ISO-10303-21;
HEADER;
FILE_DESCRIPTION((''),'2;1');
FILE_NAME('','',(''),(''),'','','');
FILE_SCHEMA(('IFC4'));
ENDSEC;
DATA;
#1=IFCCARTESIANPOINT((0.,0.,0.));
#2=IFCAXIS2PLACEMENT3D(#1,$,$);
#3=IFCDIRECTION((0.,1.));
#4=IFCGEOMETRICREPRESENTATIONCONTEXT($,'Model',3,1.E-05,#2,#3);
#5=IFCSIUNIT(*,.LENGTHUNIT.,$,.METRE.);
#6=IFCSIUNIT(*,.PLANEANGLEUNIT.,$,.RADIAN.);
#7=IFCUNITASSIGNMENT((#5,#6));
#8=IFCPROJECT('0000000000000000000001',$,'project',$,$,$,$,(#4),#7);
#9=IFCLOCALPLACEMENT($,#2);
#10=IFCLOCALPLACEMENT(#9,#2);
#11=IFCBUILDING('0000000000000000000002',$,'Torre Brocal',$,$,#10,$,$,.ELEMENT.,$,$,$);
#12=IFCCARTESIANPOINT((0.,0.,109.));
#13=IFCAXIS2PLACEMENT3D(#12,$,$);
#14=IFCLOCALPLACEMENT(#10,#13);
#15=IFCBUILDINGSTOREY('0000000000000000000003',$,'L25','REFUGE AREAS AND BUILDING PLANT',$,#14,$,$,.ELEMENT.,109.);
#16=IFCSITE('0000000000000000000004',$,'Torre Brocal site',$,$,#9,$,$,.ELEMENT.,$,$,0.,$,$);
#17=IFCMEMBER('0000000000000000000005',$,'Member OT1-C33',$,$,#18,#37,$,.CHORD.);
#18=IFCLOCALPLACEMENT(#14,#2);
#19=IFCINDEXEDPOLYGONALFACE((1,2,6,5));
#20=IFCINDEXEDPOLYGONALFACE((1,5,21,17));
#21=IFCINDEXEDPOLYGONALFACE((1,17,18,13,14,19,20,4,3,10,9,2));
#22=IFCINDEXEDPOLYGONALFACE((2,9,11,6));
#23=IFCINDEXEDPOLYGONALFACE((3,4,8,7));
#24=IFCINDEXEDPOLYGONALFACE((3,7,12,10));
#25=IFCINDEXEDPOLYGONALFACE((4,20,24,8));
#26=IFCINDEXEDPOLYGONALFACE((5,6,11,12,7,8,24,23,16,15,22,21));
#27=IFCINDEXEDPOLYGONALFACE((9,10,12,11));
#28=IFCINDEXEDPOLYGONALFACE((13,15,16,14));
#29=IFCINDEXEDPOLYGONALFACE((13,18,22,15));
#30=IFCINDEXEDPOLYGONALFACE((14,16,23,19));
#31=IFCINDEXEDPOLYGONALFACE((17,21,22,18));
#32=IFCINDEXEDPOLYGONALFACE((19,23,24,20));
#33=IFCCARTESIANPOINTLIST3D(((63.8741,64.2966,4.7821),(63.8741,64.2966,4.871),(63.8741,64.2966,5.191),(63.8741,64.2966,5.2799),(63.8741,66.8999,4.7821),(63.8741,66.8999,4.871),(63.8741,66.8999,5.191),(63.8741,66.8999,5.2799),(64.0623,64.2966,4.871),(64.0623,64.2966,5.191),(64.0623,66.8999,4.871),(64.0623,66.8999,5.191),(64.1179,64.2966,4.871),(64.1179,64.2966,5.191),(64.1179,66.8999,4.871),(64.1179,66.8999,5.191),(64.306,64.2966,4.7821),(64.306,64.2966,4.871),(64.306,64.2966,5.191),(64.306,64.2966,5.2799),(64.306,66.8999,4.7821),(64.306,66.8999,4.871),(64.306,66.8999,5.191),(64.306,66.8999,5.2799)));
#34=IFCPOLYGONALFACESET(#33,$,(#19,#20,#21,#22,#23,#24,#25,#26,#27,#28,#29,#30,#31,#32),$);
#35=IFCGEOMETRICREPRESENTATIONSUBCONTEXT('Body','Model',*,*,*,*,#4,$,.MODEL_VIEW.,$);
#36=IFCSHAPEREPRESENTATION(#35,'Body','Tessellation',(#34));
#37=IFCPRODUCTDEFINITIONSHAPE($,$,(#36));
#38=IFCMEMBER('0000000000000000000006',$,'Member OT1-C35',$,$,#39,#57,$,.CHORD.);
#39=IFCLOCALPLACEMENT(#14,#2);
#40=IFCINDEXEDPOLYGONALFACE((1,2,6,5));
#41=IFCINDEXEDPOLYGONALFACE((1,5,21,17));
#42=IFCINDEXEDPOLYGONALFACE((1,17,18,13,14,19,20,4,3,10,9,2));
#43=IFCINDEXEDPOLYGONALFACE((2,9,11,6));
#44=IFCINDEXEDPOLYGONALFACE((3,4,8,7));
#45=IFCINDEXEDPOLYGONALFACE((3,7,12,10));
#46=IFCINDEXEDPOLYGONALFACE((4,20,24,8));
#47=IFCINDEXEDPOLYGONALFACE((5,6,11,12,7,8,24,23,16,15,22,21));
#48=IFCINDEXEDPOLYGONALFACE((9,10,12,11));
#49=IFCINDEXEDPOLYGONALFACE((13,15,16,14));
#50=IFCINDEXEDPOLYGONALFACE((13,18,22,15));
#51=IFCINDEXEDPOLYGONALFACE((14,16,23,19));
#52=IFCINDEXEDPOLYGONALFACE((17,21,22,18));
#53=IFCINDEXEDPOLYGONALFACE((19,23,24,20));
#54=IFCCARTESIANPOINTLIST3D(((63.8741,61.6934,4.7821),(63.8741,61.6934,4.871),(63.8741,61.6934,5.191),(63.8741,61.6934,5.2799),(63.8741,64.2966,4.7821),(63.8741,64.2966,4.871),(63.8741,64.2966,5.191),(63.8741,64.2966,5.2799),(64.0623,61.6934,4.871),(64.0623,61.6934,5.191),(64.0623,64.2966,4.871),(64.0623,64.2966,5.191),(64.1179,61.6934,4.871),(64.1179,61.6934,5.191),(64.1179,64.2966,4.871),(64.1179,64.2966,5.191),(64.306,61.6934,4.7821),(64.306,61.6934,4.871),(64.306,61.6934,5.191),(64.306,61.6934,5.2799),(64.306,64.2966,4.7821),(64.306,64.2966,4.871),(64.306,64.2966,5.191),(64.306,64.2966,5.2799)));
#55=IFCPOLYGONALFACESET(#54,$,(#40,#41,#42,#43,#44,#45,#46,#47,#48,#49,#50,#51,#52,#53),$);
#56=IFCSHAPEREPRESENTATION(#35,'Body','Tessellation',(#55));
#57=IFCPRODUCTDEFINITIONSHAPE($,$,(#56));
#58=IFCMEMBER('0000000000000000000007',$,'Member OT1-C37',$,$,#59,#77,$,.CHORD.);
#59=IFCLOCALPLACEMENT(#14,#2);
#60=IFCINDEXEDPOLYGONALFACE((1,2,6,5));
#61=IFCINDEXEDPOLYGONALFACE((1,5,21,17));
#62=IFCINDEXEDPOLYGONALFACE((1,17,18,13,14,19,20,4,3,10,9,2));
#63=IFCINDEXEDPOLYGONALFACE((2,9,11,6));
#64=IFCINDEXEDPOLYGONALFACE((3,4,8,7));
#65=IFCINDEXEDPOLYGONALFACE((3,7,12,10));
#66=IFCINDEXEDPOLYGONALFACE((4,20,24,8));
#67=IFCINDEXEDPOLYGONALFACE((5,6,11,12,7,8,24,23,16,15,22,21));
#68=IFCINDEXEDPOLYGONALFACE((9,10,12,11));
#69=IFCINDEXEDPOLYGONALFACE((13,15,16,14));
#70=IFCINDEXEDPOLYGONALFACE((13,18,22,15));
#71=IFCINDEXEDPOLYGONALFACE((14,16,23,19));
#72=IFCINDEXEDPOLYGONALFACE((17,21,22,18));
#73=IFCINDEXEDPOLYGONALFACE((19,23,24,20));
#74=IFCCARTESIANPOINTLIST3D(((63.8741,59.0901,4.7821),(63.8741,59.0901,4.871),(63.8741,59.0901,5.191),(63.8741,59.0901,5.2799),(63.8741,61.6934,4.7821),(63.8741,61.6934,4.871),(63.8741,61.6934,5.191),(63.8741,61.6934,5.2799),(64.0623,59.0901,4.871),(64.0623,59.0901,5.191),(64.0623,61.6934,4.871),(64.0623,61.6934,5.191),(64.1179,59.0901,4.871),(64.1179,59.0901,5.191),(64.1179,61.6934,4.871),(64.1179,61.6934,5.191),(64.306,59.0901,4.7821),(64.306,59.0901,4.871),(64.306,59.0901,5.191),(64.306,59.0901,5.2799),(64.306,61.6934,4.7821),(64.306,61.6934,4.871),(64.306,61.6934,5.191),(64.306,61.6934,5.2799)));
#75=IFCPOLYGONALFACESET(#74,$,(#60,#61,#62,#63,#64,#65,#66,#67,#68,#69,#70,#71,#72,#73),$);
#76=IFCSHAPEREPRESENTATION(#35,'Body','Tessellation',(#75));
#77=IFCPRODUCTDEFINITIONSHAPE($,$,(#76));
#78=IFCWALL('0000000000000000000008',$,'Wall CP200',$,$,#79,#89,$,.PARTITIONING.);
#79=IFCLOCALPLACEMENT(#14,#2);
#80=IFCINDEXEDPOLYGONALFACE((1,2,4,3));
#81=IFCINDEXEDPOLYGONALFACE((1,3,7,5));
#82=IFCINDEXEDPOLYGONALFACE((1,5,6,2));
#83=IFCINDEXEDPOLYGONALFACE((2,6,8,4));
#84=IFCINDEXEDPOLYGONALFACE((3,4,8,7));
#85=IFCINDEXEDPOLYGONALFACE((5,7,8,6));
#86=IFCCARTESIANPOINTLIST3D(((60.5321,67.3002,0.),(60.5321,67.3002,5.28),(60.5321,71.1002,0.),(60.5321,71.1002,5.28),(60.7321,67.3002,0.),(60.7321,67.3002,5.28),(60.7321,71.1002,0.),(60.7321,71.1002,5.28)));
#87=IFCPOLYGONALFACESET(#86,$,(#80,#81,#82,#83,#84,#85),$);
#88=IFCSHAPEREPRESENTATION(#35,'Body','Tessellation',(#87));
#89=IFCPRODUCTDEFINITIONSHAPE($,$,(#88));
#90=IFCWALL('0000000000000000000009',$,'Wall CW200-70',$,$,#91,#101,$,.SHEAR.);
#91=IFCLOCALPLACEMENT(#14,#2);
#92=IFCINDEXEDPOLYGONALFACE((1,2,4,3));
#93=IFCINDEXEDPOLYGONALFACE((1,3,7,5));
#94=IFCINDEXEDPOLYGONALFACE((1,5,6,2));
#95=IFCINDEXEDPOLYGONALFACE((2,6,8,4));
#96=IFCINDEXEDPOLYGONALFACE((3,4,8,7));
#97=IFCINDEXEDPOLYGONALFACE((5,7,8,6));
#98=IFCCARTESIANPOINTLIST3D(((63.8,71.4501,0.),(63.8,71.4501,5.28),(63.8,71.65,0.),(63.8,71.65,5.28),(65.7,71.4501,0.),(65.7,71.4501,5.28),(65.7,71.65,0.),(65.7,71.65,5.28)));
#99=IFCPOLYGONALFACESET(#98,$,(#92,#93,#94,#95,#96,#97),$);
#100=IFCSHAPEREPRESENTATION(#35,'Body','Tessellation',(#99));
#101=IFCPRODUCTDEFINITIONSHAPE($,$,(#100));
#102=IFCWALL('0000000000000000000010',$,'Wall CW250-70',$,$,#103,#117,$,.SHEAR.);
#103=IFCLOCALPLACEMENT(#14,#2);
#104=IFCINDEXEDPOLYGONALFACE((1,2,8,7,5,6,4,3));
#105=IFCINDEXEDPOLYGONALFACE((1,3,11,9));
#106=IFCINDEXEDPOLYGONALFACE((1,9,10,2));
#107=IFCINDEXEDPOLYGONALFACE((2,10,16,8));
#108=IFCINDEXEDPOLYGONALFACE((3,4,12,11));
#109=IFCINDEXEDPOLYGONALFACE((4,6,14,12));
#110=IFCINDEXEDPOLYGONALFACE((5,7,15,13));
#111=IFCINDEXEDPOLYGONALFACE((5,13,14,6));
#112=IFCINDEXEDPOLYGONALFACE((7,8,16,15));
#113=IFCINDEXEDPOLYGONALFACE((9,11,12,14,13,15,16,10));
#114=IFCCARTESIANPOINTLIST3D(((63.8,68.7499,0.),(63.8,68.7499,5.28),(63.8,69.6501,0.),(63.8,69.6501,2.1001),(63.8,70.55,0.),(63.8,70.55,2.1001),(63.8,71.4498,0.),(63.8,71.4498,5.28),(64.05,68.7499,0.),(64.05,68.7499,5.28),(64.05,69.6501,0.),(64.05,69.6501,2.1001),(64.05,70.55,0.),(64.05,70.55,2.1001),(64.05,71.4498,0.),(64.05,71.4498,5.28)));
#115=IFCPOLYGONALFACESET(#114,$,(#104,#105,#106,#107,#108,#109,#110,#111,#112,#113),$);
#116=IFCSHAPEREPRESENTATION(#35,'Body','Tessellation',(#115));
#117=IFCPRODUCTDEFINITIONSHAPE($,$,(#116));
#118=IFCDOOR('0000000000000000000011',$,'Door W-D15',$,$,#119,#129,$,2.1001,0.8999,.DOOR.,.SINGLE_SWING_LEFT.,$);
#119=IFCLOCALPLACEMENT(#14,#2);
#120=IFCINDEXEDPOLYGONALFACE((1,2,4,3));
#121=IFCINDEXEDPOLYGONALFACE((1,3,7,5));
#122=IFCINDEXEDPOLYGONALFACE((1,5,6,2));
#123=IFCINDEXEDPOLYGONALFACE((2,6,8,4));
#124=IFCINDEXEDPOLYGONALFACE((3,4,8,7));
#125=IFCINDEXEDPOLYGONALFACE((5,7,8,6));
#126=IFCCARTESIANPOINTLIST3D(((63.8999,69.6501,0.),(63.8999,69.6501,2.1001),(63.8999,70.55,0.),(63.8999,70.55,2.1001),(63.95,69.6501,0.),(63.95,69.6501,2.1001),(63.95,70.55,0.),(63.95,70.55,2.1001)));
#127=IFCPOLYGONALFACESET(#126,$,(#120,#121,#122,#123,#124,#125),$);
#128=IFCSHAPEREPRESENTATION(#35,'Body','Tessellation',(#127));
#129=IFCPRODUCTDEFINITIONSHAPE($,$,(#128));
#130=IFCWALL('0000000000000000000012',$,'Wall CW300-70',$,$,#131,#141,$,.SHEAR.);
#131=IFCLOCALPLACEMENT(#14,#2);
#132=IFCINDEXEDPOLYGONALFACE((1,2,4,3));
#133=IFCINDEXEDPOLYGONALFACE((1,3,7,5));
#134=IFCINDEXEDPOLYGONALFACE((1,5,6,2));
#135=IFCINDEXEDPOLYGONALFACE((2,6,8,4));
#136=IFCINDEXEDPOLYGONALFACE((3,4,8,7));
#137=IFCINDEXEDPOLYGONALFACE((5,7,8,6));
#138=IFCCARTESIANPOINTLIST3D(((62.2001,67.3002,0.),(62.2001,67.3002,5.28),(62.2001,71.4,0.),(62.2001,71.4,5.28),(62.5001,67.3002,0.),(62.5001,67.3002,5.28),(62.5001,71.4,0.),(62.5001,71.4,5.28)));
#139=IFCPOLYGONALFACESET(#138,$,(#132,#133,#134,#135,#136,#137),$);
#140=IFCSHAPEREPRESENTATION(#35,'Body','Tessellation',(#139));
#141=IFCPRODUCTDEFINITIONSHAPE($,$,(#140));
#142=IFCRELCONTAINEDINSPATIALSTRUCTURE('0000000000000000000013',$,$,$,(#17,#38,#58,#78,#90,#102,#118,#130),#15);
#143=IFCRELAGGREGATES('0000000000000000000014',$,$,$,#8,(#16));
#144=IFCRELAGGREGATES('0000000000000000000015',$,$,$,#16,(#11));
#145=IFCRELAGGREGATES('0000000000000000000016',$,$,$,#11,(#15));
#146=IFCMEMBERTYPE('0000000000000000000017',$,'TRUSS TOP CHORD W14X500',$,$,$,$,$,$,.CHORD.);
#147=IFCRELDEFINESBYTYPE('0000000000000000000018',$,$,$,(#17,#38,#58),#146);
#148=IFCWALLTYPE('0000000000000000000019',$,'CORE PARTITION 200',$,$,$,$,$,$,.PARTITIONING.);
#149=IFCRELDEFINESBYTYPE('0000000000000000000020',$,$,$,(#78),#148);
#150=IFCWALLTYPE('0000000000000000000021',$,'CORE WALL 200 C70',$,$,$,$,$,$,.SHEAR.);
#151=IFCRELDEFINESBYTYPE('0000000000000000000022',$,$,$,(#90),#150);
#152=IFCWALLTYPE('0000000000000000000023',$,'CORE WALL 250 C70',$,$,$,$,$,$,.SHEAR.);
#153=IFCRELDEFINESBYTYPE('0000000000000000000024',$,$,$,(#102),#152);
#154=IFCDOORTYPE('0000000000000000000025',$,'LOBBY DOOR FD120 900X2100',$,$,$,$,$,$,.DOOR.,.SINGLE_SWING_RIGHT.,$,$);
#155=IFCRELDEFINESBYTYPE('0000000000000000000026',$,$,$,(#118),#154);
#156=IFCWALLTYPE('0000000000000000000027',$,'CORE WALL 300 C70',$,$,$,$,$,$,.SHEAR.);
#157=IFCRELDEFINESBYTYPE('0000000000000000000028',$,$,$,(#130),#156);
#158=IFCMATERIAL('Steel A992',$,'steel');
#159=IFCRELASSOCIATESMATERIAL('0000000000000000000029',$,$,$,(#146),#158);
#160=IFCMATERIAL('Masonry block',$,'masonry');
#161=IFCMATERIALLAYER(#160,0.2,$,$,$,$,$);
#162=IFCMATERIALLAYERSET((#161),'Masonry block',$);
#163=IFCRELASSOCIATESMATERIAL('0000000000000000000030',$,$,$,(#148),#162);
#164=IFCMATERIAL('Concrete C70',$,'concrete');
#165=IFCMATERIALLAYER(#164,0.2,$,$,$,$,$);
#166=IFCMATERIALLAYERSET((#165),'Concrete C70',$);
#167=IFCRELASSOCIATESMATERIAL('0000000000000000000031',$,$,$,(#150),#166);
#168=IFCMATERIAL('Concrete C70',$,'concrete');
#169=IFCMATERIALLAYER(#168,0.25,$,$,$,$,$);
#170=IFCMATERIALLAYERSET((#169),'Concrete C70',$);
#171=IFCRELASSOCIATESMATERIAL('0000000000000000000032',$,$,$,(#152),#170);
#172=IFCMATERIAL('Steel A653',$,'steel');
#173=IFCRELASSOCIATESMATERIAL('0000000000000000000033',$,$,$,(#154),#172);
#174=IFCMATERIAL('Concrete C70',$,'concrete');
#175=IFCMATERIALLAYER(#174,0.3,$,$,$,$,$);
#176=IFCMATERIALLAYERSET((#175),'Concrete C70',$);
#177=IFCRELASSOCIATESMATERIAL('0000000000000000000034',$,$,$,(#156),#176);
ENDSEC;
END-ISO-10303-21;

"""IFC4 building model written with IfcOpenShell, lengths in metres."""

from ifc_helpers import new_model, si_unit, direction, frame, frame_2d, origin, origin_2d, place, context, subcontext, project, spatial, rectangle, i_section, extrude, material, layer, layer_set, material_profile, profile_set, type_object, element, fill, save


model = new_model("IFC4")

# Units and contexts
model_context = context("Model", 3, precision=1e-05, world=origin(), true_north=direction((0.0, 1.0)))
body_context = subcontext(model_context, "Body", "Model", "MODEL_VIEW")
ifc_project = project(units=[si_unit("LENGTHUNIT", "METRE"), si_unit("PLANEANGLEUNIT", "RADIAN")], contexts=[model_context])

# Site, building, storey
site_placement = place(None, origin())
site = spatial("IfcSite", under=ifc_project, at=site_placement, Name="Torre Brocal site", CompositionType="ELEMENT", RefElevation=0.0)
building_placement = place(site_placement, origin())
building = spatial("IfcBuilding", under=site, at=building_placement, Name="Torre Brocal", CompositionType="ELEMENT")
storey_placement = place(building_placement, frame((0.0, 0.0, 109.0)))
storey = spatial("IfcBuildingStorey", under=building, at=storey_placement, Name="L25", Description="REFUGE AREAS AND BUILDING PLANT", CompositionType="ELEMENT", Elevation=109.0)

# Members
ifc_material_1 = material(Name="Steel A992", Category="steel")
ifc_material_profile_1 = material_profile(ifc_material_1, i_section(OverallWidth=0.4319, OverallDepth=0.4978, WebThickness=0.0557, FlangeThickness=0.0889, at=origin_2d()), Name="W14X500")
ifc_profile_set_1 = profile_set([ifc_material_profile_1], Name="Steel A992")
member_type_1 = type_object("IfcMemberType", Name="TRUSS TOP CHORD W14X500", PredefinedType="CHORD", material=ifc_profile_set_1)
for number, where, z_axis, x_axis, name in (
    (1, (64.0901, 66.8999, 5.031), (0.0, -1.0, 0.0), (1.0, 0.0, 0.0), "Member OT1-C33"),
    (2, (64.0901, 64.2966, 5.031), (0.0, -1.0, 0.0), (1.0, 0.0, 0.0), "Member OT1-C35"),
    (3, (64.0901, 61.6934, 5.031), (0.0, -1.0, 0.0), (1.0, 0.0, 0.0), "Member OT1-C37"),
):
    element("IfcMember", number, at=place(storey_placement, frame(where, z_axis=z_axis, x_axis=x_axis)), inside=storey, type_object=member_type_1, Name=name, PredefinedType="CHORD", context=body_context, shape_type="SweptSolid", body=[
        extrude(i_section(OverallWidth=0.4319, OverallDepth=0.4978, WebThickness=0.0557, FlangeThickness=0.0889, at=origin_2d()), origin(), (0.0, 0.0, 1.0), 2.6033),
    ])

# Walls
ifc_material_2 = material(Name="Masonry block", Category="masonry")
ifc_layer_1 = layer(ifc_material_2, 0.2)
ifc_layer_set_1 = layer_set([ifc_layer_1], Name="Masonry block")
wall_type_1 = type_object("IfcWallType", Name="CORE PARTITION 200", PredefinedType="PARTITIONING", material=ifc_layer_set_1)
wall_1_placement = place(storey_placement, frame((60.6321, 71.1001, 0.0), z_axis=(0.0, 0.0, 1.0), x_axis=(0.0, -1.0, 0.0)))
element("IfcWall", 4, at=wall_1_placement, inside=storey, type_object=wall_type_1, Name="Wall CP200", PredefinedType="PARTITIONING", context=body_context, shape_type="SweptSolid", body=[
    extrude(rectangle(XDim=3.8, YDim=0.2, at=frame_2d((1.8999, 0.0))), origin(), (0.0, 0.0, 1.0), 5.28),
])
ifc_material_3 = material(Name="Concrete C70", Category="concrete")
ifc_layer_2 = layer(ifc_material_3, 0.2)
ifc_layer_set_2 = layer_set([ifc_layer_2], Name="Concrete C70")
wall_type_2 = type_object("IfcWallType", Name="CORE WALL 200 C70", PredefinedType="SHEAR", material=ifc_layer_set_2)
wall_2_placement = place(storey_placement, frame((65.7, 71.55, 0.0), z_axis=(0.0, 0.0, 1.0), x_axis=(-1.0, 0.0, 0.0)))
element("IfcWall", 5, at=wall_2_placement, inside=storey, type_object=wall_type_2, Name="Wall CW200-70", PredefinedType="SHEAR", context=body_context, shape_type="SweptSolid", body=[
    extrude(rectangle(XDim=1.8999, YDim=0.2, at=frame_2d((0.95, 0.0))), origin(), (0.0, 0.0, 1.0), 5.28),
])

# Wall, opening, door
ifc_material_4 = material(Name="Concrete C70", Category="concrete")
ifc_layer_3 = layer(ifc_material_4, 0.25)
ifc_layer_set_3 = layer_set([ifc_layer_3], Name="Concrete C70")
wall_type_3 = type_object("IfcWallType", Name="CORE WALL 250 C70", PredefinedType="SHEAR", material=ifc_layer_set_3)
wall_3_placement = place(storey_placement, frame((63.925, 71.45, 0.0), z_axis=(0.0, 0.0, 1.0), x_axis=(0.0, -1.0, 0.0)))
wall_3 = element("IfcWall", 6, at=wall_3_placement, inside=storey, type_object=wall_type_3, Name="Wall CW250-70", PredefinedType="SHEAR", context=body_context, shape_type="SweptSolid", body=[
    extrude(rectangle(XDim=2.7, YDim=0.25, at=frame_2d((1.3501, 0.0))), origin(), (0.0, 0.0, 1.0), 5.28),
])
opening_1_placement = place(wall_3_placement, frame((0.8999, 0.0, 0.0)))
opening_1 = element("IfcOpeningElement", 7, at=opening_1_placement, cuts=wall_3, PredefinedType="OPENING", context=body_context, shape_type="SweptSolid", body=[
    extrude(rectangle(XDim=0.8999, YDim=2.1001, at=frame_2d((0.45, 1.05))), frame((0.0, 0.135, 0.0), z_axis=(0.0, -1.0, 0.0), x_axis=(1.0, 0.0, 0.0)), (0.0, 0.0, 1.0), 0.27),
])
ifc_material_5 = material(Name="Steel A653", Category="steel")
door_type_1 = type_object("IfcDoorType", Name="LOBBY DOOR FD120 900X2100", OperationType="SINGLE_SWING_RIGHT", PredefinedType="DOOR", material=ifc_material_5)
door_1_placement = place(opening_1_placement, origin())
door_1 = element("IfcDoor", 8, at=door_1_placement, inside=storey, type_object=door_type_1, Name="Door W-D15", OperationType="SINGLE_SWING_LEFT", OverallHeight=2.1001, OverallWidth=0.8999, PredefinedType="DOOR", context=body_context, shape_type="SweptSolid", body=[
    extrude(rectangle(XDim=0.8999, YDim=2.1001, at=frame_2d((0.45, 1.05))), frame((0.0, 0.0249, 0.0), z_axis=(0.0, -1.0, 0.0), x_axis=(1.0, 0.0, 0.0)), (0.0, 0.0, 1.0), 0.05),
])
fill(opening_1, door_1)

# Wall
ifc_material_6 = material(Name="Concrete C70", Category="concrete")
ifc_layer_4 = layer(ifc_material_6, 0.3)
ifc_layer_set_4 = layer_set([ifc_layer_4], Name="Concrete C70")
wall_type_4 = type_object("IfcWallType", Name="CORE WALL 300 C70", PredefinedType="SHEAR", material=ifc_layer_set_4)
wall_4_placement = place(storey_placement, frame((62.3501, 71.3999, 0.0), z_axis=(0.0, 0.0, 1.0), x_axis=(0.0, -1.0, 0.0)))
element("IfcWall", 9, at=wall_4_placement, inside=storey, type_object=wall_type_4, Name="Wall CW300-70", PredefinedType="SHEAR", context=body_context, shape_type="SweptSolid", body=[
    extrude(rectangle(XDim=4.0999, YDim=0.3, at=frame_2d((2.0498, 0.0))), origin(), (0.0, 0.0, 1.0), 5.28),
])

save(model, "model.ifc")
